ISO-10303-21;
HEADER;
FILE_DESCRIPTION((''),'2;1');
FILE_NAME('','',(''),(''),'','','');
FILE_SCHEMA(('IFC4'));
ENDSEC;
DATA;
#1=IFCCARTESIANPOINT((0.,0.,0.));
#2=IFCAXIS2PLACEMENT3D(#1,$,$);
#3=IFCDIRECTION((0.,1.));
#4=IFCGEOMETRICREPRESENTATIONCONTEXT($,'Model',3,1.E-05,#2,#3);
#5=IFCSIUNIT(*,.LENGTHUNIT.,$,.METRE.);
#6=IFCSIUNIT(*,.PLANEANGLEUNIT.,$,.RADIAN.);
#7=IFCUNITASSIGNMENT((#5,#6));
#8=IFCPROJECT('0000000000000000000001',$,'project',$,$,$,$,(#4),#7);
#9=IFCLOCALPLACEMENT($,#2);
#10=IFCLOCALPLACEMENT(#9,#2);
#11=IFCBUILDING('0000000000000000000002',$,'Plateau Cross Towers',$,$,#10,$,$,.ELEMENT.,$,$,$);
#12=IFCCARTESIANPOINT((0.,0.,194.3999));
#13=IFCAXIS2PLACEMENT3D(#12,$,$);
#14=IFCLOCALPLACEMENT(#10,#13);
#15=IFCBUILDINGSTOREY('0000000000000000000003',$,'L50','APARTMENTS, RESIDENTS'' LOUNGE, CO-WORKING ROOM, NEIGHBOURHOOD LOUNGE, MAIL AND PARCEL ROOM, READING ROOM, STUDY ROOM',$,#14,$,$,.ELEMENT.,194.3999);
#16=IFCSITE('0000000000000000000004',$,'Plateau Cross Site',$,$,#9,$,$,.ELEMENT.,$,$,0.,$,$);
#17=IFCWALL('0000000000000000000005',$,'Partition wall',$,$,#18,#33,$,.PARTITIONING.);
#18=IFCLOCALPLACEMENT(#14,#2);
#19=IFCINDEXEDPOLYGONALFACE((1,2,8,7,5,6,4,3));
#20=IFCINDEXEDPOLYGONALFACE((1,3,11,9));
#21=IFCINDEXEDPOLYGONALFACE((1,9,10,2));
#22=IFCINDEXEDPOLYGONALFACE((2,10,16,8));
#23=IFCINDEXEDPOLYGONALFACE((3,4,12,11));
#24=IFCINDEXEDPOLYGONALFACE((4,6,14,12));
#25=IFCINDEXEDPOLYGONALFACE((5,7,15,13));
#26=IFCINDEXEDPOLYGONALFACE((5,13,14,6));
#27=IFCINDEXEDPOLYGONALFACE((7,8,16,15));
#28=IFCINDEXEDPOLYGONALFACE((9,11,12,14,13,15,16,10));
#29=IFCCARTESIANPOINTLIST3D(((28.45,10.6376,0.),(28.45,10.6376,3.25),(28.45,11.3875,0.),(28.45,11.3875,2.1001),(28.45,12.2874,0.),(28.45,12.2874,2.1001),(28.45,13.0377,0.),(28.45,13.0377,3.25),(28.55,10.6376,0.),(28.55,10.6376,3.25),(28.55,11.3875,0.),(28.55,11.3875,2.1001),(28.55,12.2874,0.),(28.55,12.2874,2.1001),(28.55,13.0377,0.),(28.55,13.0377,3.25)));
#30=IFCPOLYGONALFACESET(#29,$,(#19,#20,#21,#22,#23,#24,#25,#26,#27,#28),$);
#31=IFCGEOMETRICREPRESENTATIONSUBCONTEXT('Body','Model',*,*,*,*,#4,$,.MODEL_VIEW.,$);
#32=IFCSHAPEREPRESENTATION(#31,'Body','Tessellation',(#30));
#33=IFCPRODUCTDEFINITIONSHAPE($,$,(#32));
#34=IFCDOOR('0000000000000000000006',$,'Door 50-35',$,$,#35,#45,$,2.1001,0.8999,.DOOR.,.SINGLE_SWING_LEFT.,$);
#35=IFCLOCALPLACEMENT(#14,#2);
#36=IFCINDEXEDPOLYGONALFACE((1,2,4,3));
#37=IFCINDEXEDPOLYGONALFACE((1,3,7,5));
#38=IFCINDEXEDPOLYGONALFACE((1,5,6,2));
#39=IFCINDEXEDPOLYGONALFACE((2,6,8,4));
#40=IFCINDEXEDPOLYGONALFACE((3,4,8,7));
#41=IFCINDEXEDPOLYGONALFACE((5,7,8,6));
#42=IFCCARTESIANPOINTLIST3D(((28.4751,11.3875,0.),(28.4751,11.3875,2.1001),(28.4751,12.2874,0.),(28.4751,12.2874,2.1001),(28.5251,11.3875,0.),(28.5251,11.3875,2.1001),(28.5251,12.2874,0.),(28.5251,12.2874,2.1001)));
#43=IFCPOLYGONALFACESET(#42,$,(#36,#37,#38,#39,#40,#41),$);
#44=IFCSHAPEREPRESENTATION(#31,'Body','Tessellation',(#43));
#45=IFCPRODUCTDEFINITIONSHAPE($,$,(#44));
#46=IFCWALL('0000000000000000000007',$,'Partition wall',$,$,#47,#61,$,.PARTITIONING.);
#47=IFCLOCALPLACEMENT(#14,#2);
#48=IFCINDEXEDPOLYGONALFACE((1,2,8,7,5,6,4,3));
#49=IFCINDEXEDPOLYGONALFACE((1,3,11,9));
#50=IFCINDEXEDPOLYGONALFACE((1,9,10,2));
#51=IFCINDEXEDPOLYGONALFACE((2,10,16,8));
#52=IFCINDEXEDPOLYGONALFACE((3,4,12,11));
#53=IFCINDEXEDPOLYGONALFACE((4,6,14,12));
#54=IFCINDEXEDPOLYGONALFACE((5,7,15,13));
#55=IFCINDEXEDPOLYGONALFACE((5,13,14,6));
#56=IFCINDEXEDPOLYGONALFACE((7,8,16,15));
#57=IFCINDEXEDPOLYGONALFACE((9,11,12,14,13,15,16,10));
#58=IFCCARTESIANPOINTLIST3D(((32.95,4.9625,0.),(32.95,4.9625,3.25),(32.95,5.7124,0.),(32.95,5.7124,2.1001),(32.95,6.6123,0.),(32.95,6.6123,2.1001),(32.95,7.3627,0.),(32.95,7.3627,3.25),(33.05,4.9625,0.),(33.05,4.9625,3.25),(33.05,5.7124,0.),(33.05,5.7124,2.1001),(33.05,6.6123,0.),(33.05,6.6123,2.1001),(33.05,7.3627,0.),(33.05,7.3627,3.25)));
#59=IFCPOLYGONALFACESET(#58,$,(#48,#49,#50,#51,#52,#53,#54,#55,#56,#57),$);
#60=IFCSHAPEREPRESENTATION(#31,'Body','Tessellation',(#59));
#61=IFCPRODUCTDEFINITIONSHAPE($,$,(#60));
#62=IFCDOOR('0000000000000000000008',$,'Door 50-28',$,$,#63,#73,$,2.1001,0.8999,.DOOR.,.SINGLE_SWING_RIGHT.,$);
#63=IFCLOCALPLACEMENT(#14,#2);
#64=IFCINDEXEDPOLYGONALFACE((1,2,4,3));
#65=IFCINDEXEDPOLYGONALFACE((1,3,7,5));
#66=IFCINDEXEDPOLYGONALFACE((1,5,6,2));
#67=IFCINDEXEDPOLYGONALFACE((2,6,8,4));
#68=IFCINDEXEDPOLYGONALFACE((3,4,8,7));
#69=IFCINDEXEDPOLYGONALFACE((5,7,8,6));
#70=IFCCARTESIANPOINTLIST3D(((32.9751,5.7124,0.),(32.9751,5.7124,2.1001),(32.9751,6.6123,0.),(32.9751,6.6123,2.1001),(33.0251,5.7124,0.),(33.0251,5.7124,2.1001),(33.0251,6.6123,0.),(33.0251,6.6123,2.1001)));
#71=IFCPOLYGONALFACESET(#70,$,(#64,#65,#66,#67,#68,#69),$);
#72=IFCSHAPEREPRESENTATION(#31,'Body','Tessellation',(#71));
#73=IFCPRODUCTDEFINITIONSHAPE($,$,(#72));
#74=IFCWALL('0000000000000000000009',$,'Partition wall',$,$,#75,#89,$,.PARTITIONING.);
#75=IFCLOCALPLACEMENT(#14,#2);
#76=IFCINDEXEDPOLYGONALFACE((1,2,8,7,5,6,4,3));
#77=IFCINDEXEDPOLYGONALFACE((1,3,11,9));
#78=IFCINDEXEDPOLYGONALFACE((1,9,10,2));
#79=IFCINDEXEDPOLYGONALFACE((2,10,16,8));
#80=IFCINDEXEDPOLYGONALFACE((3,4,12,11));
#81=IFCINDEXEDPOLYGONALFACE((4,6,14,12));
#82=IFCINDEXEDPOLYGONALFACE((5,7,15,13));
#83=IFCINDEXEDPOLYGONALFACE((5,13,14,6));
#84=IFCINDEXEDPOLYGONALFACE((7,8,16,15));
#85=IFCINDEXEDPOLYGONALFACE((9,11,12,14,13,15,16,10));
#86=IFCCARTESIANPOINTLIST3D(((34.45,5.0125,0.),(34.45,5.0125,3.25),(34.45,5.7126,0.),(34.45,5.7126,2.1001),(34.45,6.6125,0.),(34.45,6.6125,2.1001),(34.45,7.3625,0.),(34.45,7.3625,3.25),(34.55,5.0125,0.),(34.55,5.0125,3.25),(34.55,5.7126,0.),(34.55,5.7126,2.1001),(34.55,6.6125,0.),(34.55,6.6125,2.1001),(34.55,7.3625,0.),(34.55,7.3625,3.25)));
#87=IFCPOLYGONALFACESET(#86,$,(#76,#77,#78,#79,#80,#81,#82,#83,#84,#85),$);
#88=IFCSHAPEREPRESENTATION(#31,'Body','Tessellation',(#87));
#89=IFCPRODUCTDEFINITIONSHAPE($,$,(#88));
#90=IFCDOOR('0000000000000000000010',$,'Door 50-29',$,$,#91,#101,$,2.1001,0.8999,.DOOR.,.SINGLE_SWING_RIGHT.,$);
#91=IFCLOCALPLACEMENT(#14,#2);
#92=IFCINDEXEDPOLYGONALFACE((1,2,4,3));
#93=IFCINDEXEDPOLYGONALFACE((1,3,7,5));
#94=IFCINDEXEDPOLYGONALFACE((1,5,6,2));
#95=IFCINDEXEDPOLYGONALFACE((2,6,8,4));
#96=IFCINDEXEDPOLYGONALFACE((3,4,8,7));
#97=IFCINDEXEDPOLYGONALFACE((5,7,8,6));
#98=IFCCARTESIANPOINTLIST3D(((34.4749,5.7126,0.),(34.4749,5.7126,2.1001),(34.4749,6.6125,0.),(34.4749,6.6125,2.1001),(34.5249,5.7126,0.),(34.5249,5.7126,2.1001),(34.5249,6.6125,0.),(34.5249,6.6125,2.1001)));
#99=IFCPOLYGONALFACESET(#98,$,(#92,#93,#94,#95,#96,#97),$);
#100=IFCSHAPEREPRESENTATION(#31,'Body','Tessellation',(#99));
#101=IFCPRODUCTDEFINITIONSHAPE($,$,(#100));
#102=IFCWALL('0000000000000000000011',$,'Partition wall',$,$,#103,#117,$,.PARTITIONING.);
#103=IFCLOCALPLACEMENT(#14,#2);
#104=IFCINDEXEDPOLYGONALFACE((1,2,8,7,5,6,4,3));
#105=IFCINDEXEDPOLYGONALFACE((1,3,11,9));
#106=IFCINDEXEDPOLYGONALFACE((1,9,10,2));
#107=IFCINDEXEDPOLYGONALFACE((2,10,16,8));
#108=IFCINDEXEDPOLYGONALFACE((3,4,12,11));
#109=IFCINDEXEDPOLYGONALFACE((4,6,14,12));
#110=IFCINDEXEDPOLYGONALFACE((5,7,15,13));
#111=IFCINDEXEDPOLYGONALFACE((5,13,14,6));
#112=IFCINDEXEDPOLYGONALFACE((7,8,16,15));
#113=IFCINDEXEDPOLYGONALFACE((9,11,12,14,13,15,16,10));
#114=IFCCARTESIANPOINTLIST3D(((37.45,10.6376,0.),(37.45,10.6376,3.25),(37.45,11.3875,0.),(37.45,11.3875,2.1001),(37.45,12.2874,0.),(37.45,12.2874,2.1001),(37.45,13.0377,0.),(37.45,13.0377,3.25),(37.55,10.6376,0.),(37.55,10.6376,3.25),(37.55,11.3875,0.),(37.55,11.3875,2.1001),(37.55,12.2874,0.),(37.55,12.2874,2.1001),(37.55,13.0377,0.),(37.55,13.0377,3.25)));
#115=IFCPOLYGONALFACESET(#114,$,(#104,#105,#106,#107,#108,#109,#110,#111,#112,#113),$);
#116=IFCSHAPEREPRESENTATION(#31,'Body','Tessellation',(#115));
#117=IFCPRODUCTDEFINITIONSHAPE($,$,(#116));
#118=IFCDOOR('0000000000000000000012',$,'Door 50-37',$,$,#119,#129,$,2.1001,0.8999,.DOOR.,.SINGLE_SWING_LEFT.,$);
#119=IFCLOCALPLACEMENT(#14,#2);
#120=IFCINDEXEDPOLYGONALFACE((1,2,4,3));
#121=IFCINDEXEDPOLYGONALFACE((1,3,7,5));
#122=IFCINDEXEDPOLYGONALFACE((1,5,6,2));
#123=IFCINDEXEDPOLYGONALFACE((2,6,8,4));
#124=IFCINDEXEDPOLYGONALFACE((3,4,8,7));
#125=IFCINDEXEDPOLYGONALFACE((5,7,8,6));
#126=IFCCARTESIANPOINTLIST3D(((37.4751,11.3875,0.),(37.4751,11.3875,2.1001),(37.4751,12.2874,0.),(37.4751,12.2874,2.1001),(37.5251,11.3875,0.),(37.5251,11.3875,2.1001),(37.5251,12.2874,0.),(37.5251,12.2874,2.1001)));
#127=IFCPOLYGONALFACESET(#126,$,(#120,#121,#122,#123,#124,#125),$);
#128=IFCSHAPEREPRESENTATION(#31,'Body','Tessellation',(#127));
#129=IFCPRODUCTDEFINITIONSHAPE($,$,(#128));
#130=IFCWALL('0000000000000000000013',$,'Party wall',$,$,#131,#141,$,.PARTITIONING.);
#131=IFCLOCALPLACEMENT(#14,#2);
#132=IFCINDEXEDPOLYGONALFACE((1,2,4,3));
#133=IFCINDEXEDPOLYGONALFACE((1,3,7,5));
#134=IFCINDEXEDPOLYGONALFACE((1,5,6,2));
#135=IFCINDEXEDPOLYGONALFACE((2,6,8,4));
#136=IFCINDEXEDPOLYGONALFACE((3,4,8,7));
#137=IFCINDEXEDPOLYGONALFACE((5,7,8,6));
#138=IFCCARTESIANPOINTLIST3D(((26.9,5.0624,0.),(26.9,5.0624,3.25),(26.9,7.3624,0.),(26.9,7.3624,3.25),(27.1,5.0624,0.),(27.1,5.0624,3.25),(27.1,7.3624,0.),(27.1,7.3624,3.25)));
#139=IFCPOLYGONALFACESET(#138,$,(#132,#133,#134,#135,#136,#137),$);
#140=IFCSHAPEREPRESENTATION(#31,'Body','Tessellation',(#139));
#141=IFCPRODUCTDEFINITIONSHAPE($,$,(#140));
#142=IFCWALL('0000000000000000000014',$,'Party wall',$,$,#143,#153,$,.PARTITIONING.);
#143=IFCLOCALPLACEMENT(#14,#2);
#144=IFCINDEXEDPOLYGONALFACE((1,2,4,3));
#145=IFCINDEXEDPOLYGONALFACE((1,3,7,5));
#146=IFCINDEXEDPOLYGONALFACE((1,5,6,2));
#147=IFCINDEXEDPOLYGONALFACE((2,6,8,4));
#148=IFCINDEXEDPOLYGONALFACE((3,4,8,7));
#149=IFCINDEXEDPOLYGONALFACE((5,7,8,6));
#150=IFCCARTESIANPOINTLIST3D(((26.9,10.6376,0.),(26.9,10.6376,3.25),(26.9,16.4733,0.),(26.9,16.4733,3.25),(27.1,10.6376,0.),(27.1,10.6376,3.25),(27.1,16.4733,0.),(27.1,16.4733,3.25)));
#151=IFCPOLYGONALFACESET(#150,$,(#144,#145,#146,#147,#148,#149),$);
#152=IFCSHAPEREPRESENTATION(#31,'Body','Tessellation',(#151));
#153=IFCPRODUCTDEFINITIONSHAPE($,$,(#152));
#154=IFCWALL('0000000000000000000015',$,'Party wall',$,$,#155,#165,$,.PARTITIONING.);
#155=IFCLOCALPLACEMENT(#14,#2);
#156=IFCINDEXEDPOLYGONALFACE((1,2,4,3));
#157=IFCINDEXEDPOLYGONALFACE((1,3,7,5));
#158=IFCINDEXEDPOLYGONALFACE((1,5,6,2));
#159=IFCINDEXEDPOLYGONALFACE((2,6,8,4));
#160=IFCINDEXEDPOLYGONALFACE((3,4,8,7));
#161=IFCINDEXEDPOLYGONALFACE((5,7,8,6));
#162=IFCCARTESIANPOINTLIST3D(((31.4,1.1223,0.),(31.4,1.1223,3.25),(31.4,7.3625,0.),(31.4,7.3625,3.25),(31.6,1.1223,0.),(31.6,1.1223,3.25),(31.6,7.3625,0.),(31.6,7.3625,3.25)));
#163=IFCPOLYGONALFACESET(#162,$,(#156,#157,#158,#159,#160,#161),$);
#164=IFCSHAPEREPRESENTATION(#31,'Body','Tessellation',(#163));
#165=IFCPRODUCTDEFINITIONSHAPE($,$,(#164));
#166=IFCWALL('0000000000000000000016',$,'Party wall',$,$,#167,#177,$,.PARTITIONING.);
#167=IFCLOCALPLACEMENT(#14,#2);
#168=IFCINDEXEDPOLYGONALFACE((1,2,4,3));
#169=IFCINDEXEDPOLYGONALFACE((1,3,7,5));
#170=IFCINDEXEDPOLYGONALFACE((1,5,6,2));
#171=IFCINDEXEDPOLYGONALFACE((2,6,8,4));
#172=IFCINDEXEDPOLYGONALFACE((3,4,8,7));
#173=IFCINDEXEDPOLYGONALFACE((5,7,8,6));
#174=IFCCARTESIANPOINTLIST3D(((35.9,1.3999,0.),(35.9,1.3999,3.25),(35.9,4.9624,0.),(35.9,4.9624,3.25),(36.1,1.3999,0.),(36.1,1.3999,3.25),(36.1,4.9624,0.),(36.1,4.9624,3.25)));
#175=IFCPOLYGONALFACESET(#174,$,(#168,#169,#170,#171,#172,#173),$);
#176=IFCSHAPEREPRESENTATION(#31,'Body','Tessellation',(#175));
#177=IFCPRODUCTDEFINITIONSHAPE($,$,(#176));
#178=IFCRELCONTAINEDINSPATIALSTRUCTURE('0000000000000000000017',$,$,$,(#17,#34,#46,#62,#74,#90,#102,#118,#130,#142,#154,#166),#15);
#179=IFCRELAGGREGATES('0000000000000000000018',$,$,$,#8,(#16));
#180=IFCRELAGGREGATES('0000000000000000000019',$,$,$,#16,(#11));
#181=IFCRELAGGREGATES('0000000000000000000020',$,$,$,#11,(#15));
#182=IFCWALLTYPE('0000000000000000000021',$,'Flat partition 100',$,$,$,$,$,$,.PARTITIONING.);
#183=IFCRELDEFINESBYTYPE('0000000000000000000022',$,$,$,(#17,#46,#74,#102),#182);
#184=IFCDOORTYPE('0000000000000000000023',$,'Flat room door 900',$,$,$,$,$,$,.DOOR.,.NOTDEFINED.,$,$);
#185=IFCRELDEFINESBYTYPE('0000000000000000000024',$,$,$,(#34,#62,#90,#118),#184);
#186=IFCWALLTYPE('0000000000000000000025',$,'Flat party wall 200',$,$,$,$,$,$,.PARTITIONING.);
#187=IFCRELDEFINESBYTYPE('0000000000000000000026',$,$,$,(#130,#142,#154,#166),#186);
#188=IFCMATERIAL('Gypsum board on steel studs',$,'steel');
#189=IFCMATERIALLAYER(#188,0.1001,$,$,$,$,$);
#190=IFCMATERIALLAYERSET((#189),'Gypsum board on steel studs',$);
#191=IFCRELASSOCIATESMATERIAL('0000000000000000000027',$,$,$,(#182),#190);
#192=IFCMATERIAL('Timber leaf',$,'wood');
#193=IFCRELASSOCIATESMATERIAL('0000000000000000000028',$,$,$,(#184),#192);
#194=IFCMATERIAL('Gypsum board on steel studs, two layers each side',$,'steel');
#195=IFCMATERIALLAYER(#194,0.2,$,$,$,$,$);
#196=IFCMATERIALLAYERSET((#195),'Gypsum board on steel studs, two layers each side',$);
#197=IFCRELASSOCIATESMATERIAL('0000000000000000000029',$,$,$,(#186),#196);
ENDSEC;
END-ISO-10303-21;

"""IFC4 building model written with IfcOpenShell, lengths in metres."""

from ifc_helpers import new_model, si_unit, direction, frame, frame_2d, origin, place, context, subcontext, project, spatial, rectangle, extrude, material, layer, layer_set, type_object, element, fill, save


model = new_model("IFC4")

# Units and contexts
model_context = context("Model", 3, precision=1e-05, world=origin(), true_north=direction((0.0, 1.0)))
body_context = subcontext(model_context, "Body", "Model", "MODEL_VIEW")
ifc_project = project(units=[si_unit("LENGTHUNIT", "METRE"), si_unit("PLANEANGLEUNIT", "RADIAN")], contexts=[model_context])

# Site, building, storey
site_placement = place(None, origin())
site = spatial("IfcSite", under=ifc_project, at=site_placement, Name="Plateau Cross Site", CompositionType="ELEMENT", RefElevation=0.0)
building_placement = place(site_placement, origin())
building = spatial("IfcBuilding", under=site, at=building_placement, Name="Plateau Cross Towers", CompositionType="ELEMENT")
storey_placement = place(building_placement, frame((0.0, 0.0, 194.3999)))
storey = spatial("IfcBuildingStorey", under=building, at=storey_placement, Name="L50", Description="APARTMENTS, RESIDENTS' LOUNGE, CO-WORKING ROOM, NEIGHBOURHOOD LOUNGE, MAIL AND PARCEL ROOM, READING ROOM, STUDY ROOM", CompositionType="ELEMENT", Elevation=194.3999)

# Shared definitions
ifc_material_1 = material(Name="Gypsum board on steel studs", Category="steel")
ifc_layer_1 = layer(ifc_material_1, 0.1001)
ifc_layer_set_1 = layer_set([ifc_layer_1], Name="Gypsum board on steel studs")
wall_type_1 = type_object("IfcWallType", Name="Flat partition 100", PredefinedType="PARTITIONING", material=ifc_layer_set_1)

# Walls, openings, doors
ifc_material_2 = material(Name="Timber leaf", Category="wood")
door_type_1 = type_object("IfcDoorType", Name="Flat room door 900", OperationType="NOTDEFINED", PredefinedType="DOOR", material=ifc_material_2)
wall_1_placement = place(storey_placement, frame((28.5, 10.6375, 0.0), z_axis=(0.0, 0.0, 1.0), x_axis=(0.0, 1.0, 0.0)))
wall_1 = element("IfcWall", 1, at=wall_1_placement, inside=storey, type_object=wall_type_1, Name="Partition wall", PredefinedType="PARTITIONING", context=body_context, shape_type="SweptSolid", body=[
    extrude(rectangle(XDim=2.4001, YDim=0.1001, at=frame_2d((1.2002, 0.0))), origin(), (0.0, 0.0, 1.0), 3.25),
])
opening_1_placement = place(wall_1_placement, frame((0.75, 0.0, 0.0)))
opening_1 = element("IfcOpeningElement", 2, at=opening_1_placement, cuts=wall_1, PredefinedType="OPENING", context=body_context, shape_type="SweptSolid", body=[
    extrude(rectangle(XDim=0.8999, YDim=2.1001, at=frame_2d((0.45, 1.05))), frame((0.0, 0.0601, 0.0), z_axis=(0.0, -1.0, 0.0), x_axis=(1.0, 0.0, 0.0)), (0.0, 0.0, 1.0), 0.1201),
])
door_1_placement = place(opening_1_placement, origin())
door_1 = element("IfcDoor", 3, at=door_1_placement, inside=storey, type_object=door_type_1, Name="Door 50-35", OperationType="SINGLE_SWING_LEFT", OverallHeight=2.1001, OverallWidth=0.8999, PredefinedType="DOOR", context=body_context, shape_type="SweptSolid", body=[
    extrude(rectangle(XDim=0.8999, YDim=2.1001, at=frame_2d((0.45, 1.05))), frame((0.0, 0.0249, 0.0), z_axis=(0.0, -1.0, 0.0), x_axis=(1.0, 0.0, 0.0)), (0.0, 0.0, 1.0), 0.05),
])
fill(opening_1, door_1)
wall_2_placement = place(storey_placement, frame((33.0, 4.9624, 0.0), z_axis=(0.0, 0.0, 1.0), x_axis=(0.0, 1.0, 0.0)))
wall_2 = element("IfcWall", 4, at=wall_2_placement, inside=storey, type_object=wall_type_1, Name="Partition wall", PredefinedType="PARTITIONING", context=body_context, shape_type="SweptSolid", body=[
    extrude(rectangle(XDim=2.4001, YDim=0.1001, at=frame_2d((1.2002, 0.0))), origin(), (0.0, 0.0, 1.0), 3.25),
])
opening_2_placement = place(wall_2_placement, frame((0.75, 0.0, 0.0)))
opening_2 = element("IfcOpeningElement", 5, at=opening_2_placement, cuts=wall_2, PredefinedType="OPENING", context=body_context, shape_type="SweptSolid", body=[
    extrude(rectangle(XDim=0.8999, YDim=2.1001, at=frame_2d((0.45, 1.05))), frame((0.0, 0.0601, 0.0), z_axis=(0.0, -1.0, 0.0), x_axis=(1.0, 0.0, 0.0)), (0.0, 0.0, 1.0), 0.1201),
])
door_2_placement = place(opening_2_placement, origin())
door_2 = element("IfcDoor", 6, at=door_2_placement, inside=storey, type_object=door_type_1, Name="Door 50-28", OperationType="SINGLE_SWING_RIGHT", OverallHeight=2.1001, OverallWidth=0.8999, PredefinedType="DOOR", context=body_context, shape_type="SweptSolid", body=[
    extrude(rectangle(XDim=0.8999, YDim=2.1001, at=frame_2d((0.45, 1.05))), frame((0.0, 0.0249, 0.0), z_axis=(0.0, -1.0, 0.0), x_axis=(1.0, 0.0, 0.0)), (0.0, 0.0, 1.0), 0.05),
])
fill(opening_2, door_2)
wall_3_placement = place(storey_placement, frame((34.5, 7.3625, 0.0), z_axis=(0.0, 0.0, 1.0), x_axis=(0.0, -1.0, 0.0)))
wall_3 = element("IfcWall", 7, at=wall_3_placement, inside=storey, type_object=wall_type_1, Name="Partition wall", PredefinedType="PARTITIONING", context=body_context, shape_type="SweptSolid", body=[
    extrude(rectangle(XDim=2.3501, YDim=0.1001, at=frame_2d((1.175, 0.0))), origin(), (0.0, 0.0, 1.0), 3.25),
])
opening_3_placement = place(wall_3_placement, frame((0.75, 0.0, 0.0)))
opening_3 = element("IfcOpeningElement", 8, at=opening_3_placement, cuts=wall_3, PredefinedType="OPENING", context=body_context, shape_type="SweptSolid", body=[
    extrude(rectangle(XDim=0.8999, YDim=2.1001, at=frame_2d((0.45, 1.05))), frame((0.0, 0.0601, 0.0), z_axis=(0.0, -1.0, 0.0), x_axis=(1.0, 0.0, 0.0)), (0.0, 0.0, 1.0), 0.1201),
])
door_3_placement = place(opening_3_placement, origin())
door_3 = element("IfcDoor", 9, at=door_3_placement, inside=storey, type_object=door_type_1, Name="Door 50-29", OperationType="SINGLE_SWING_RIGHT", OverallHeight=2.1001, OverallWidth=0.8999, PredefinedType="DOOR", context=body_context, shape_type="SweptSolid", body=[
    extrude(rectangle(XDim=0.8999, YDim=2.1001, at=frame_2d((0.45, 1.05))), frame((0.0, 0.0249, 0.0), z_axis=(0.0, -1.0, 0.0), x_axis=(1.0, 0.0, 0.0)), (0.0, 0.0, 1.0), 0.05),
])
fill(opening_3, door_3)
wall_4_placement = place(storey_placement, frame((37.5, 10.6375, 0.0), z_axis=(0.0, 0.0, 1.0), x_axis=(0.0, 1.0, 0.0)))
wall_4 = element("IfcWall", 10, at=wall_4_placement, inside=storey, type_object=wall_type_1, Name="Partition wall", PredefinedType="PARTITIONING", context=body_context, shape_type="SweptSolid", body=[
    extrude(rectangle(XDim=2.4001, YDim=0.1001, at=frame_2d((1.2002, 0.0))), origin(), (0.0, 0.0, 1.0), 3.25),
])
opening_4_placement = place(wall_4_placement, frame((0.75, 0.0, 0.0)))
opening_4 = element("IfcOpeningElement", 11, at=opening_4_placement, cuts=wall_4, PredefinedType="OPENING", context=body_context, shape_type="SweptSolid", body=[
    extrude(rectangle(XDim=0.8999, YDim=2.1001, at=frame_2d((0.45, 1.05))), frame((0.0, 0.0601, 0.0), z_axis=(0.0, -1.0, 0.0), x_axis=(1.0, 0.0, 0.0)), (0.0, 0.0, 1.0), 0.1201),
])
door_4_placement = place(opening_4_placement, origin())
door_4 = element("IfcDoor", 12, at=door_4_placement, inside=storey, type_object=door_type_1, Name="Door 50-37", OperationType="SINGLE_SWING_LEFT", OverallHeight=2.1001, OverallWidth=0.8999, PredefinedType="DOOR", context=body_context, shape_type="SweptSolid", body=[
    extrude(rectangle(XDim=0.8999, YDim=2.1001, at=frame_2d((0.45, 1.05))), frame((0.0, 0.0249, 0.0), z_axis=(0.0, -1.0, 0.0), x_axis=(1.0, 0.0, 0.0)), (0.0, 0.0, 1.0), 0.05),
])
fill(opening_4, door_4)

# Walls
ifc_material_3 = material(Name="Gypsum board on steel studs, two layers each side", Category="steel")
ifc_layer_2 = layer(ifc_material_3, 0.2)
ifc_layer_set_2 = layer_set([ifc_layer_2], Name="Gypsum board on steel studs, two layers each side")
wall_type_2 = type_object("IfcWallType", Name="Flat party wall 200", PredefinedType="PARTITIONING", material=ifc_layer_set_2)
wall_5_placement = place(storey_placement, frame((27.0, 5.0625, 0.0), z_axis=(0.0, 0.0, 1.0), x_axis=(0.0, 1.0, 0.0)))
element("IfcWall", 13, at=wall_5_placement, inside=storey, type_object=wall_type_2, Name="Party wall", PredefinedType="PARTITIONING", context=body_context, shape_type="SweptSolid", body=[
    extrude(rectangle(XDim=2.3, YDim=0.2, at=frame_2d((1.1499, 0.0))), origin(), (0.0, 0.0, 1.0), 3.25),
])
wall_6_placement = place(storey_placement, frame((27.0, 10.6375, 0.0), z_axis=(0.0, 0.0, 1.0), x_axis=(0.0, 1.0, 0.0)))
element("IfcWall", 14, at=wall_6_placement, inside=storey, type_object=wall_type_2, Name="Party wall", PredefinedType="PARTITIONING", context=body_context, shape_type="SweptSolid", body=[
    extrude(rectangle(XDim=5.8357, YDim=0.2, at=frame_2d((2.918, 0.0))), origin(), (0.0, 0.0, 1.0), 3.25),
])
wall_7_placement = place(storey_placement, frame((31.5, 1.1223, 0.0), z_axis=(0.0, 0.0, 1.0), x_axis=(0.0, 1.0, 0.0)))
element("IfcWall", 15, at=wall_7_placement, inside=storey, type_object=wall_type_2, Name="Party wall", PredefinedType="PARTITIONING", context=body_context, shape_type="SweptSolid", body=[
    extrude(rectangle(XDim=6.2402, YDim=0.2, at=frame_2d((3.1201, 0.0))), origin(), (0.0, 0.0, 1.0), 3.25),
])
wall_8_placement = place(storey_placement, frame((36.0, 4.9624, 0.0), z_axis=(0.0, 0.0, 1.0), x_axis=(0.0, -1.0, 0.0)))
element("IfcWall", 16, at=wall_8_placement, inside=storey, type_object=wall_type_2, Name="Party wall", PredefinedType="PARTITIONING", context=body_context, shape_type="SweptSolid", body=[
    extrude(rectangle(XDim=3.5625, YDim=0.2, at=frame_2d((1.7812, 0.0))), origin(), (0.0, 0.0, 1.0), 3.25),
])

save(model, "model.ifc")
